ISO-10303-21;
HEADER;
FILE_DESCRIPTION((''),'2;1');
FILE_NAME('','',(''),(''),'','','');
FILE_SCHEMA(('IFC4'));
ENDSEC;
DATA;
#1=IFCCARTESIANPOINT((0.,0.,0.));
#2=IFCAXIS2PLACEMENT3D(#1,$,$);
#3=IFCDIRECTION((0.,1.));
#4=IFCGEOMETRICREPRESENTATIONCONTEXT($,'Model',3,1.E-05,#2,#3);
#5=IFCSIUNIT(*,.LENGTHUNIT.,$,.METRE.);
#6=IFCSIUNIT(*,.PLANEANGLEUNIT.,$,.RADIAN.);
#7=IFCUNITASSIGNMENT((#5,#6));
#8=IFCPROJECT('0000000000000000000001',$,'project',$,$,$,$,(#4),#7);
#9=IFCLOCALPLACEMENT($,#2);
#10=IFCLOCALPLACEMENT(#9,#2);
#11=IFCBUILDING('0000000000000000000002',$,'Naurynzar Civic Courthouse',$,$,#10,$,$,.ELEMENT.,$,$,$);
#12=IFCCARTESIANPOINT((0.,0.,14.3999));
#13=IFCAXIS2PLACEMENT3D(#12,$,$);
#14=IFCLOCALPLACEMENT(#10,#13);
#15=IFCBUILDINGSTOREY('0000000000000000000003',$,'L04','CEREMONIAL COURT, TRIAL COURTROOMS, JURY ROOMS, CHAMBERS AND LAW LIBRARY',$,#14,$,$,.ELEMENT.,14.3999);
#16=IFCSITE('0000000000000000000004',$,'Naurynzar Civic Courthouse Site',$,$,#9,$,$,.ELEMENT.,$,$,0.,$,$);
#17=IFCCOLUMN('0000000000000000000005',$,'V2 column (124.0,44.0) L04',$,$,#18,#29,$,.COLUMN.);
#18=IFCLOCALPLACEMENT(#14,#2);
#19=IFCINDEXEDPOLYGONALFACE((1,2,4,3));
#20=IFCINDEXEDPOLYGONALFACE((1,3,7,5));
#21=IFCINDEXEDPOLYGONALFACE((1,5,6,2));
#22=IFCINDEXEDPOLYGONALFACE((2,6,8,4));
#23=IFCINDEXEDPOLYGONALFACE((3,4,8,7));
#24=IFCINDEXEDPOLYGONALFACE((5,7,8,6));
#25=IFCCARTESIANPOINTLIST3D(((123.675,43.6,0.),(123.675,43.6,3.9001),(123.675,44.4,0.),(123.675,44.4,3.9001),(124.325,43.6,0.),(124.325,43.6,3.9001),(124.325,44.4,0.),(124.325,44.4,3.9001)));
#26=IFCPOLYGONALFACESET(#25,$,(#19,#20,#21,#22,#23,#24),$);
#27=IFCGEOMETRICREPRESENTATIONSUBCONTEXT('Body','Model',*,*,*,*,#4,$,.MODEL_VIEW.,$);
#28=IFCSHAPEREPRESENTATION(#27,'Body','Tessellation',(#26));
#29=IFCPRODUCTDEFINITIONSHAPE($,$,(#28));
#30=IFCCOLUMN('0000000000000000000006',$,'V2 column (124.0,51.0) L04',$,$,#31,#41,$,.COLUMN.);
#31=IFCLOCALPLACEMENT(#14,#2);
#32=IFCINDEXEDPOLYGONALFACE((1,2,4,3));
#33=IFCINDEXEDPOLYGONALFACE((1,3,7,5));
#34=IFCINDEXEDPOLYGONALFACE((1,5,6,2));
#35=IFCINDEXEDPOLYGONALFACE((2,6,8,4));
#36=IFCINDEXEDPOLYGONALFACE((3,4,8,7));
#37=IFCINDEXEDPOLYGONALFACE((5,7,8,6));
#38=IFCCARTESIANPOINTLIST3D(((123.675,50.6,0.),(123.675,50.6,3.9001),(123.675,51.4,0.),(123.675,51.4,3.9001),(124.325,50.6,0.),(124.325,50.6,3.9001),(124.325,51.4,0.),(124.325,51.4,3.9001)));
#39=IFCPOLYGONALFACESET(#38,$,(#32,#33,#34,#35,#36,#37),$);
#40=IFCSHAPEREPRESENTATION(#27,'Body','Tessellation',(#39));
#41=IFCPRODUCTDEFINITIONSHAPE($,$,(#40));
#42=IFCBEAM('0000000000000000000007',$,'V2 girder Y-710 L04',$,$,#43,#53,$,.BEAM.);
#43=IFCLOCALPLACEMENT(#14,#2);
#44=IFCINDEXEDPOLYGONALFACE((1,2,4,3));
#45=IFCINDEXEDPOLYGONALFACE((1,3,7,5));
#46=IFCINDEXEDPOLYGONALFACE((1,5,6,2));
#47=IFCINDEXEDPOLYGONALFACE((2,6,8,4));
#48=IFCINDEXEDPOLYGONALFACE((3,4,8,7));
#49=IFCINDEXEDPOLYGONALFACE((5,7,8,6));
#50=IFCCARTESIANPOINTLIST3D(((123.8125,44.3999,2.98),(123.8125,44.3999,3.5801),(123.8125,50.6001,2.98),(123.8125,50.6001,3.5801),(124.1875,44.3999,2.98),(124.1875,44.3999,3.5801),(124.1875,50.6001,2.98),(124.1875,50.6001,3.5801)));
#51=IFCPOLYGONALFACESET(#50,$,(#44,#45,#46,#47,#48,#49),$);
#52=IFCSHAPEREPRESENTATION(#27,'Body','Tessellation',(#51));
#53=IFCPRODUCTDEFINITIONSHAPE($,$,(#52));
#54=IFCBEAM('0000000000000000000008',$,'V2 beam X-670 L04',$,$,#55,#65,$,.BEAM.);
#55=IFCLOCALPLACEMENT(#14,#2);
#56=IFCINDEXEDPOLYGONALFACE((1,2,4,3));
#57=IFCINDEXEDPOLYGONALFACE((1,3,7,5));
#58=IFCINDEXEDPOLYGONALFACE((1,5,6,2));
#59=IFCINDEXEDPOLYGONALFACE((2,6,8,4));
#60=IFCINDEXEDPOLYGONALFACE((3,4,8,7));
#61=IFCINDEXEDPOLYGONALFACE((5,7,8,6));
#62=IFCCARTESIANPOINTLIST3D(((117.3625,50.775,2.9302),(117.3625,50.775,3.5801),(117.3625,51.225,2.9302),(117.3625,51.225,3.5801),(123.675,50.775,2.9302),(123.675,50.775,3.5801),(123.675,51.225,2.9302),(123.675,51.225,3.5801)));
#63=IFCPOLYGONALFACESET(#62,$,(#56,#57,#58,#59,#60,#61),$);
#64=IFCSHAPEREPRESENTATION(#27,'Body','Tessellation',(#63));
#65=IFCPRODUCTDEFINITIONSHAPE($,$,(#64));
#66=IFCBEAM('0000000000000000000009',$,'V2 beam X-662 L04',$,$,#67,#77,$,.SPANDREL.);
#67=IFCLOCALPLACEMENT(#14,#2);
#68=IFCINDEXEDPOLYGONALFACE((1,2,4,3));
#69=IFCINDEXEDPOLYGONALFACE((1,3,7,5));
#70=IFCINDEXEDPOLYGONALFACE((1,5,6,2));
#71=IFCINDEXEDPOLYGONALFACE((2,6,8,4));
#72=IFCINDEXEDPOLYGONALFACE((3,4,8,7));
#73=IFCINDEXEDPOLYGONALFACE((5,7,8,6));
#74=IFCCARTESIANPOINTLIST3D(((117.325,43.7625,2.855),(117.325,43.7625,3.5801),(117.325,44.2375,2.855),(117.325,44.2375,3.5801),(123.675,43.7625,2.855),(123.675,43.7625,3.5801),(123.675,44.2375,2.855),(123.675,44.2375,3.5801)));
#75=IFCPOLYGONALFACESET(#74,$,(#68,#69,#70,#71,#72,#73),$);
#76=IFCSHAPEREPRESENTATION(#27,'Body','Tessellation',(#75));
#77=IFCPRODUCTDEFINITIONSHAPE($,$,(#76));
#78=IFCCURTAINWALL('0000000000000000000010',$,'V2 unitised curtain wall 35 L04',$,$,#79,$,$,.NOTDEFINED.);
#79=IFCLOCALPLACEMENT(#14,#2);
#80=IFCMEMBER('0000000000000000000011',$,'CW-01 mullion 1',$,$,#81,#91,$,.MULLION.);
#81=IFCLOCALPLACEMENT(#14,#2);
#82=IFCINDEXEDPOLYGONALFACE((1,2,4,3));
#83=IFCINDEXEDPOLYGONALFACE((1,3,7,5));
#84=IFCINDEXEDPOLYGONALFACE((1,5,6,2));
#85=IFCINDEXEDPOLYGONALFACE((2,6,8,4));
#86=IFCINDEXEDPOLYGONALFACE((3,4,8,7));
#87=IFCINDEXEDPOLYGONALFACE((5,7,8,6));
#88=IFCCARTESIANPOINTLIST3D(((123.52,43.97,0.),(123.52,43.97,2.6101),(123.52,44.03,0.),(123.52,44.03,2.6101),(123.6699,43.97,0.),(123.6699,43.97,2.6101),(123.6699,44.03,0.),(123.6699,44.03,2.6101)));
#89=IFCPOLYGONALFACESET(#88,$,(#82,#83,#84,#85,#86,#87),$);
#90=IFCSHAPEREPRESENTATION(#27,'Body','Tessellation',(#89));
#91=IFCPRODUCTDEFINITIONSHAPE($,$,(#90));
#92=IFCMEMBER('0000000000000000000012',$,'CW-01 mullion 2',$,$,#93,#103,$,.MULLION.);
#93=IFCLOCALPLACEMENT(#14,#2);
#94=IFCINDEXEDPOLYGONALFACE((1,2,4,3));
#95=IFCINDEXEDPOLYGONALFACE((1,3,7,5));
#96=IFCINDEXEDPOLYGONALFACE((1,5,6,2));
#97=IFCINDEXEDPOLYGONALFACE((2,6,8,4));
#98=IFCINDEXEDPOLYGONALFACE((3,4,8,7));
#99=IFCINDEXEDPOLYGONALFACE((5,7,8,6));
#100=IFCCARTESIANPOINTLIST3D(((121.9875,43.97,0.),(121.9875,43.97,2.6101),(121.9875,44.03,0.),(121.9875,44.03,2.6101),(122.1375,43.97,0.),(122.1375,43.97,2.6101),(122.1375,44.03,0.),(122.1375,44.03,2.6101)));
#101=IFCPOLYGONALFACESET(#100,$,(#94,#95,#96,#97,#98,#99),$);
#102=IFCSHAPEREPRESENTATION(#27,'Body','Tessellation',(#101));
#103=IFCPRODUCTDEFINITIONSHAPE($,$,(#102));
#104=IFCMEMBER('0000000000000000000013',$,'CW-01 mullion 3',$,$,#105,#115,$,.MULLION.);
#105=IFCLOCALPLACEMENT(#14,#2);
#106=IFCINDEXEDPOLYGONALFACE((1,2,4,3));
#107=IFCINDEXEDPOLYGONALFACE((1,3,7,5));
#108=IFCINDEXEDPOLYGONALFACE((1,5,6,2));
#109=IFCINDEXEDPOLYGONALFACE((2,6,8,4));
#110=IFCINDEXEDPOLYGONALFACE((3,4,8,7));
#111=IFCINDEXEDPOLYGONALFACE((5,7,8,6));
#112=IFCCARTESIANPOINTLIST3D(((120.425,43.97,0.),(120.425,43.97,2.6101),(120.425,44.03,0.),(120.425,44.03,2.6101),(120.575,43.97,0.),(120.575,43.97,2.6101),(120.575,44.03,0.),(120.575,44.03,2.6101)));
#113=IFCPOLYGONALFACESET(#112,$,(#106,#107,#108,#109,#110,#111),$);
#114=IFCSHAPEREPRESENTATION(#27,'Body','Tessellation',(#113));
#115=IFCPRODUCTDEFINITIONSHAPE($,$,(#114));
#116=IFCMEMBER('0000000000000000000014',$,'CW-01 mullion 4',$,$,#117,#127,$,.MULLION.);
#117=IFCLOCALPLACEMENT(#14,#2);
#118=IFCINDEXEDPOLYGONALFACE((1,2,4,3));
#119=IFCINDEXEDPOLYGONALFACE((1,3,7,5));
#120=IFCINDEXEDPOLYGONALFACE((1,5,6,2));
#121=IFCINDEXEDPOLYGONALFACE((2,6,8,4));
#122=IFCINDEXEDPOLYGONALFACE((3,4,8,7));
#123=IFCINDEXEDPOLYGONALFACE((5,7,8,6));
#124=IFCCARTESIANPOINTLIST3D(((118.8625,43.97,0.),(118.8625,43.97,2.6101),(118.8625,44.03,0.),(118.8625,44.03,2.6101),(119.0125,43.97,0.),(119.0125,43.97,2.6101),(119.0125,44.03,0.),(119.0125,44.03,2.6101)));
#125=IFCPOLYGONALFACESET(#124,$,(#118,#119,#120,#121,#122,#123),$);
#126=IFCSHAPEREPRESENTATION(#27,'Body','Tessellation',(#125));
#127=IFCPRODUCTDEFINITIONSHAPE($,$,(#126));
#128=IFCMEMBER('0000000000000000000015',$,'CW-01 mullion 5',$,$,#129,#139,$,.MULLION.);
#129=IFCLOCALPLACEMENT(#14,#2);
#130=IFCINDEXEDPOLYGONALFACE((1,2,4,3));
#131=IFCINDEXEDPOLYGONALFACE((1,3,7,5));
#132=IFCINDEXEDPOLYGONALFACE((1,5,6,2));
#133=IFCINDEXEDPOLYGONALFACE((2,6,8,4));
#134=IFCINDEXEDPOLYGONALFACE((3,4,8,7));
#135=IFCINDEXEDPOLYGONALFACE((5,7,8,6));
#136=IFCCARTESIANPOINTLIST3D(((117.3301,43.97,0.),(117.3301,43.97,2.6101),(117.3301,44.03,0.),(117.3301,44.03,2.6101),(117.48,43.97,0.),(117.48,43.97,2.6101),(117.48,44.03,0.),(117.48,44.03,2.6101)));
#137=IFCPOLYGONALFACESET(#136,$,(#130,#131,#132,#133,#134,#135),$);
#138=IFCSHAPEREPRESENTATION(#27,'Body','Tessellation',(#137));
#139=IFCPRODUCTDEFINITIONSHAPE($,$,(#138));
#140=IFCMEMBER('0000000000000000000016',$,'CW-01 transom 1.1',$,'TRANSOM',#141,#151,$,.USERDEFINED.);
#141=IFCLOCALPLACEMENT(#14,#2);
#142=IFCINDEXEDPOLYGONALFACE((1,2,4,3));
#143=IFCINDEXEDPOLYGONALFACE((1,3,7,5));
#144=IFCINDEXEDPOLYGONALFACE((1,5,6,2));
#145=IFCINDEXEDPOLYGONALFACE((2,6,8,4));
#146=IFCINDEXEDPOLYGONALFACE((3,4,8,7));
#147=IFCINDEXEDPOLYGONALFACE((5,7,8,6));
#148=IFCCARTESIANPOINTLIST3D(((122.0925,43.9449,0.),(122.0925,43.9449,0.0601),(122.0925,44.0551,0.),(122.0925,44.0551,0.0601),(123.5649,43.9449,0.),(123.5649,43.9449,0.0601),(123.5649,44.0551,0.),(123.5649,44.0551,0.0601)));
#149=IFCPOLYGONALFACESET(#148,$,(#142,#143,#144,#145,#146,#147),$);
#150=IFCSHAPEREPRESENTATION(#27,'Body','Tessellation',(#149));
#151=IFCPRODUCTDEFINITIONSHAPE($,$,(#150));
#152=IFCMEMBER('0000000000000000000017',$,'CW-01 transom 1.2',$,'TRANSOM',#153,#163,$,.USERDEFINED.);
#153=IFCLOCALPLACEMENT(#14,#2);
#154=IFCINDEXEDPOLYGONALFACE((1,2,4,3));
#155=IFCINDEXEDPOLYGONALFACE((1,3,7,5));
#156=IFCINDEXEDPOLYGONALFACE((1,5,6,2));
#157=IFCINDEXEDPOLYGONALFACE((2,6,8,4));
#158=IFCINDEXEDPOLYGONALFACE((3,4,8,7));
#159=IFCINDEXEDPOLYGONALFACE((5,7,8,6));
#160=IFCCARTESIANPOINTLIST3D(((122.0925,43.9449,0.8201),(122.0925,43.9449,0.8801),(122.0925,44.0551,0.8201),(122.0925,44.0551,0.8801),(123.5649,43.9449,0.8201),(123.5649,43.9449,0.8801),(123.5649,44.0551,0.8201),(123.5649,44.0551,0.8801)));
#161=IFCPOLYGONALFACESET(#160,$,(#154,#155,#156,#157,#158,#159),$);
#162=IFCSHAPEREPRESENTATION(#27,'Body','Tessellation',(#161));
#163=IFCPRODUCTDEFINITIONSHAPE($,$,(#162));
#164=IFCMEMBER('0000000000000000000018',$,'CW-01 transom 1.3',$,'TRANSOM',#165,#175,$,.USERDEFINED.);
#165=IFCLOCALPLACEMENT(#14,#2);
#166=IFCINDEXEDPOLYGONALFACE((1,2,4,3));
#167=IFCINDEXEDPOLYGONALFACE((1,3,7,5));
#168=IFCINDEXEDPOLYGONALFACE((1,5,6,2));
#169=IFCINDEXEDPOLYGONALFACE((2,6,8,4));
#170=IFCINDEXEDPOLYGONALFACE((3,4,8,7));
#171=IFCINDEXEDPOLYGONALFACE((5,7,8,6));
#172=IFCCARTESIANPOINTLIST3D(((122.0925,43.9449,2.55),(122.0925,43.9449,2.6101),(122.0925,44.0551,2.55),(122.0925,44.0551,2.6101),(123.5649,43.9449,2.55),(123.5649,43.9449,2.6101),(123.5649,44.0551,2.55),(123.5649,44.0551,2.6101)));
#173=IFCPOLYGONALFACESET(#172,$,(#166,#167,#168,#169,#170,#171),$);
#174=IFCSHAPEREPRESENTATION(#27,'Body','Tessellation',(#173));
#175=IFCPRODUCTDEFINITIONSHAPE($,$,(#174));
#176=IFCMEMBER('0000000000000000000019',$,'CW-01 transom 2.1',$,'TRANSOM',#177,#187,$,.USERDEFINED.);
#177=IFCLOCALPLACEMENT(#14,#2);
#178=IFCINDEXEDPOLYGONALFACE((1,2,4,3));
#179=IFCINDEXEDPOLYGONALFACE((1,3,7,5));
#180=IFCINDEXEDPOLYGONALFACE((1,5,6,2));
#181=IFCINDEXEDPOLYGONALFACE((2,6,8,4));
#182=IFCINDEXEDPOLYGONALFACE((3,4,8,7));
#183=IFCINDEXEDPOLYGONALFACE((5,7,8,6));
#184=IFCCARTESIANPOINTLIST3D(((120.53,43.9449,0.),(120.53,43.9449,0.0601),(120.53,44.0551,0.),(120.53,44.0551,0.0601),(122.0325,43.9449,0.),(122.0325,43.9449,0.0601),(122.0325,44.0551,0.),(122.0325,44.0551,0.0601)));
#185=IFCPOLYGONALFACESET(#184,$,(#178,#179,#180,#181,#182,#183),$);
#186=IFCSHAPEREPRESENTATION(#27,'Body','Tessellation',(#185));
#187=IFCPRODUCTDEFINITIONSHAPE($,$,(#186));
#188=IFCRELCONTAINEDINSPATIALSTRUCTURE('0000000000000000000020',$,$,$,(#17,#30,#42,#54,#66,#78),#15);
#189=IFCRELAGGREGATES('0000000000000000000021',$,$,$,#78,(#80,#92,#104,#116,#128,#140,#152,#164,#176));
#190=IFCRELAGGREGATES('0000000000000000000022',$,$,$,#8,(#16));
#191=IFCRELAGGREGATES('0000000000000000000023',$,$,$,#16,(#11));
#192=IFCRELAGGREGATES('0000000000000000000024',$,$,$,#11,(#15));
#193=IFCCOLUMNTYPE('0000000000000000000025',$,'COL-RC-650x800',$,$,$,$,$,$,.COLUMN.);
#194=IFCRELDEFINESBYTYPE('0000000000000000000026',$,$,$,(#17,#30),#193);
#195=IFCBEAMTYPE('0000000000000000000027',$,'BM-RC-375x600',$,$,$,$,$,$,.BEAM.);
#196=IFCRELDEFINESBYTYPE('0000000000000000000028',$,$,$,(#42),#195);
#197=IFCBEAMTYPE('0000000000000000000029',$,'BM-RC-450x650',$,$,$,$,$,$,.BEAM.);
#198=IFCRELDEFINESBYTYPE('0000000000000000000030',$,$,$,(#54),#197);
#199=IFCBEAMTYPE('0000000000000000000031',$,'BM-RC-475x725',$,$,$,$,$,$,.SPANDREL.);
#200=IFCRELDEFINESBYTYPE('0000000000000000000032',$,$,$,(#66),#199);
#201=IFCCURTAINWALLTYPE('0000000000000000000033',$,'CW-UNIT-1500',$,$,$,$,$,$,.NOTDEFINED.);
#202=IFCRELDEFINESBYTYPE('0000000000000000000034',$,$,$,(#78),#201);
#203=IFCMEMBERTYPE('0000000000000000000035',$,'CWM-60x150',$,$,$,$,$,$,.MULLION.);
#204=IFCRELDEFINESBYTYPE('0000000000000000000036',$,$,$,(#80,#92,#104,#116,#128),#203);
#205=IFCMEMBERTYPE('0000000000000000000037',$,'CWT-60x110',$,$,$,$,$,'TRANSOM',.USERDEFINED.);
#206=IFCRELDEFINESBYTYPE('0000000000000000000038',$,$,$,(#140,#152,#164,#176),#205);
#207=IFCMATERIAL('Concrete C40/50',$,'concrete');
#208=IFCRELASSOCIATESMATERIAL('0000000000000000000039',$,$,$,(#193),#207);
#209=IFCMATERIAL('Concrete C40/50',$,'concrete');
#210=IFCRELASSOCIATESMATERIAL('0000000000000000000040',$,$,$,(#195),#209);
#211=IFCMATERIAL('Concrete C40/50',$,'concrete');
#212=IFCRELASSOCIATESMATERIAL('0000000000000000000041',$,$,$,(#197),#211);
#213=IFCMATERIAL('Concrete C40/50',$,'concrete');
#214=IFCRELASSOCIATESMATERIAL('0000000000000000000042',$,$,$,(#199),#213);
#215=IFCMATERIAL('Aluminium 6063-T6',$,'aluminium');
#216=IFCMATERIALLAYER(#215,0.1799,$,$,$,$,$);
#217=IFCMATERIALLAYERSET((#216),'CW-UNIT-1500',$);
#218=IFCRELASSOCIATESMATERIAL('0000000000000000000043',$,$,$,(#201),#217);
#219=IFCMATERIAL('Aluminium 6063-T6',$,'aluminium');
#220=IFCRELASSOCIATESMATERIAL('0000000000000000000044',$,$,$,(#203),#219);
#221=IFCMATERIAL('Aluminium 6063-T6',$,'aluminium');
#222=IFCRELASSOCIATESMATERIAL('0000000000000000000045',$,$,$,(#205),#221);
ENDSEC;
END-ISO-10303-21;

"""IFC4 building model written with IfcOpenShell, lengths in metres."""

from ifc_helpers import new_model, si_unit, direction, frame, origin, origin_2d, place, context, subcontext, project, spatial, rectangle, extrude, material, layer, layer_set, material_profile, profile_set, type_object, element, aggregate, save


model = new_model("IFC4")

# Units and contexts
model_context = context("Model", 3, precision=1e-05, world=origin(), true_north=direction((0.0, 1.0)))
body_context = subcontext(model_context, "Body", "Model", "MODEL_VIEW")
ifc_project = project(units=[si_unit("LENGTHUNIT", "METRE"), si_unit("PLANEANGLEUNIT", "RADIAN")], contexts=[model_context])

# Site, building, storey
site_placement = place(None, origin())
site = spatial("IfcSite", under=ifc_project, at=site_placement, Name="Naurynzar Civic Courthouse Site", CompositionType="ELEMENT", RefElevation=0.0)
building_placement = place(site_placement, origin())
building = spatial("IfcBuilding", under=site, at=building_placement, Name="Naurynzar Civic Courthouse", CompositionType="ELEMENT")
storey_placement = place(building_placement, frame((0.0, 0.0, 14.3999)))
storey = spatial("IfcBuildingStorey", under=building, at=storey_placement, Name="L04", Description="CEREMONIAL COURT, TRIAL COURTROOMS, JURY ROOMS, CHAMBERS AND LAW LIBRARY", CompositionType="ELEMENT", Elevation=14.3999)

# Columns
ifc_material_1 = material(Name="Concrete C40/50", Category="concrete")
ifc_material_profile_1 = material_profile(ifc_material_1, rectangle(XDim=0.6499, YDim=0.8, at=origin_2d()), Name="RC 650x800")
ifc_profile_set_1 = profile_set([ifc_material_profile_1], Name="Concrete C40/50")
column_type = type_object("IfcColumnType", Name="COL-RC-650x800", PredefinedType="COLUMN", material=ifc_profile_set_1)
for number, where, z_axis, x_axis, name in (
    (1, (124.0, 44.0, 0.0), (0.0, 0.0, 1.0), (1.0, 0.0, 0.0), "V2 column (124.0,44.0) L04"),
    (2, (124.0, 51.0, 0.0), (0.0, 0.0, 1.0), (1.0, 0.0, 0.0), "V2 column (124.0,51.0) L04"),
):
    element("IfcColumn", number, at=place(storey_placement, frame(where, z_axis=z_axis, x_axis=x_axis)), inside=storey, type_object=column_type, Name=name, PredefinedType="COLUMN", context=body_context, shape_type="SweptSolid", body=[
        extrude(rectangle(XDim=0.6499, YDim=0.8, at=origin_2d()), origin(), (0.0, 0.0, 1.0), 3.9001),
    ])

# Beams
ifc_material_2 = material(Name="Concrete C40/50", Category="concrete")
ifc_material_profile_2 = material_profile(ifc_material_2, rectangle(XDim=0.375, YDim=0.6001, at=origin_2d()), Name="RCB 375x600")
ifc_profile_set_2 = profile_set([ifc_material_profile_2], Name="Concrete C40/50")
beam_type_1 = type_object("IfcBeamType", Name="BM-RC-375x600", PredefinedType="BEAM", material=ifc_profile_set_2)
beam_1_placement = place(storey_placement, frame((124.0, 44.3999, 3.28), z_axis=(0.0, 1.0, 0.0), x_axis=(-1.0, 0.0, 0.0)))
element("IfcBeam", 3, at=beam_1_placement, inside=storey, type_object=beam_type_1, Name="V2 girder Y-710 L04", PredefinedType="BEAM", context=body_context, shape_type="SweptSolid", body=[
    extrude(rectangle(XDim=0.375, YDim=0.6001, at=origin_2d()), origin(), (0.0, 0.0, 1.0), 6.2002),
])
ifc_material_3 = material(Name="Concrete C40/50", Category="concrete")
ifc_material_profile_3 = material_profile(ifc_material_3, rectangle(XDim=0.45, YDim=0.6499, at=origin_2d()), Name="RCB 450x650")
ifc_profile_set_3 = profile_set([ifc_material_profile_3], Name="Concrete C40/50")
beam_type_2 = type_object("IfcBeamType", Name="BM-RC-450x650", PredefinedType="BEAM", material=ifc_profile_set_3)
beam_2_placement = place(storey_placement, frame((117.3625, 51.0, 3.2551), z_axis=(1.0, 0.0, 0.0), x_axis=(0.0, 1.0, 0.0)))
element("IfcBeam", 4, at=beam_2_placement, inside=storey, type_object=beam_type_2, Name="V2 beam X-670 L04", PredefinedType="BEAM", context=body_context, shape_type="SweptSolid", body=[
    extrude(rectangle(XDim=0.45, YDim=0.6499, at=origin_2d()), origin(), (0.0, 0.0, 1.0), 6.3125),
])
ifc_material_4 = material(Name="Concrete C40/50", Category="concrete")
ifc_material_profile_4 = material_profile(ifc_material_4, rectangle(XDim=0.4751, YDim=0.7251, at=origin_2d()), Name="RCB 475x725")
ifc_profile_set_4 = profile_set([ifc_material_profile_4], Name="Concrete C40/50")
beam_type_3 = type_object("IfcBeamType", Name="BM-RC-475x725", PredefinedType="SPANDREL", material=ifc_profile_set_4)
beam_3_placement = place(storey_placement, frame((117.325, 44.0, 3.2175), z_axis=(1.0, 0.0, 0.0), x_axis=(0.0, 1.0, 0.0)))
element("IfcBeam", 5, at=beam_3_placement, inside=storey, type_object=beam_type_3, Name="V2 beam X-662 L04", PredefinedType="SPANDREL", context=body_context, shape_type="SweptSolid", body=[
    extrude(rectangle(XDim=0.4751, YDim=0.7251, at=origin_2d()), origin(), (0.0, 0.0, 1.0), 6.3501),
])

# Curtain wall, members
ifc_material_5 = material(Name="Aluminium 6063-T6", Category="aluminium")
ifc_layer_1 = layer(ifc_material_5, 0.1799)
ifc_layer_set_1 = layer_set([ifc_layer_1], Name="CW-UNIT-1500")
curtain_wall_type = type_object("IfcCurtainWallType", Name="CW-UNIT-1500", PredefinedType="NOTDEFINED", material=ifc_layer_set_1)
curtain_wall_placement = place(storey_placement, origin())
curtain_wall = element("IfcCurtainWall", 6, at=curtain_wall_placement, inside=storey, type_object=curtain_wall_type, Name="V2 unitised curtain wall 35 L04", PredefinedType="NOTDEFINED")
ifc_material_6 = material(Name="Aluminium 6063-T6", Category="aluminium")
ifc_material_profile_5 = material_profile(ifc_material_6, rectangle(XDim=0.0601, YDim=0.1499, at=origin_2d()), Name="ALU MULLION 60x150")
ifc_profile_set_5 = profile_set([ifc_material_profile_5], Name="Aluminium 6063-T6")
member_type_1 = type_object("IfcMemberType", Name="CWM-60x150", PredefinedType="MULLION", material=ifc_profile_set_5)
member_1_placement = place(storey_placement, frame((123.595, 44.0, 0.0), z_axis=(0.0, 0.0, 1.0), x_axis=(0.0, -1.0, 0.0)))
member_1 = element("IfcMember", 7, at=member_1_placement, type_object=member_type_1, Name="CW-01 mullion 1", PredefinedType="MULLION", context=body_context, shape_type="SweptSolid", body=[
    extrude(rectangle(XDim=0.0601, YDim=0.1499, at=origin_2d()), origin(), (0.0, 0.0, 1.0), 2.6101),
])
member_2_placement = place(storey_placement, frame((122.0625, 44.0, 0.0), z_axis=(0.0, 0.0, 1.0), x_axis=(0.0, -1.0, 0.0)))
member_2 = element("IfcMember", 8, at=member_2_placement, type_object=member_type_1, Name="CW-01 mullion 2", PredefinedType="MULLION", context=body_context, shape_type="SweptSolid", body=[
    extrude(rectangle(XDim=0.0601, YDim=0.1499, at=origin_2d()), origin(), (0.0, 0.0, 1.0), 2.6101),
])
member_3_placement = place(storey_placement, frame((120.5, 44.0, 0.0), z_axis=(0.0, 0.0, 1.0), x_axis=(0.0, -1.0, 0.0)))
member_3 = element("IfcMember", 9, at=member_3_placement, type_object=member_type_1, Name="CW-01 mullion 3", PredefinedType="MULLION", context=body_context, shape_type="SweptSolid", body=[
    extrude(rectangle(XDim=0.0601, YDim=0.1499, at=origin_2d()), origin(), (0.0, 0.0, 1.0), 2.6101),
])
member_4_placement = place(storey_placement, frame((118.9375, 44.0, 0.0), z_axis=(0.0, 0.0, 1.0), x_axis=(0.0, -1.0, 0.0)))
member_4 = element("IfcMember", 10, at=member_4_placement, type_object=member_type_1, Name="CW-01 mullion 4", PredefinedType="MULLION", context=body_context, shape_type="SweptSolid", body=[
    extrude(rectangle(XDim=0.0601, YDim=0.1499, at=origin_2d()), origin(), (0.0, 0.0, 1.0), 2.6101),
])
member_5_placement = place(storey_placement, frame((117.405, 44.0, 0.0), z_axis=(0.0, 0.0, 1.0), x_axis=(0.0, -1.0, 0.0)))
member_5 = element("IfcMember", 11, at=member_5_placement, type_object=member_type_1, Name="CW-01 mullion 5", PredefinedType="MULLION", context=body_context, shape_type="SweptSolid", body=[
    extrude(rectangle(XDim=0.0601, YDim=0.1499, at=origin_2d()), origin(), (0.0, 0.0, 1.0), 2.6101),
])
ifc_material_7 = material(Name="Aluminium 6063-T6", Category="aluminium")
ifc_material_profile_6 = material_profile(ifc_material_7, rectangle(XDim=0.1101, YDim=0.0601, at=origin_2d()), Name="ALU TRANSOM 60x110")
ifc_profile_set_6 = profile_set([ifc_material_profile_6], Name="Aluminium 6063-T6")
member_type_2 = type_object("IfcMemberType", Name="CWT-60x110", ElementType="TRANSOM", PredefinedType="USERDEFINED", material=ifc_profile_set_6)
member_6_placement = place(storey_placement, frame((123.5649, 44.0, 0.03), z_axis=(-1.0, 0.0, 0.0), x_axis=(0.0, -1.0, 0.0)))
member_6 = element("IfcMember", 12, at=member_6_placement, type_object=member_type_2, Name="CW-01 transom 1.1", ObjectType="TRANSOM", PredefinedType="USERDEFINED", context=body_context, shape_type="SweptSolid", body=[
    extrude(rectangle(XDim=0.1101, YDim=0.0601, at=origin_2d()), origin(), (0.0, 0.0, 1.0), 1.4724),
])
member_7_placement = place(storey_placement, frame((123.5649, 44.0, 0.8501), z_axis=(-1.0, 0.0, 0.0), x_axis=(0.0, -1.0, 0.0)))
member_7 = element("IfcMember", 13, at=member_7_placement, type_object=member_type_2, Name="CW-01 transom 1.2", ObjectType="TRANSOM", PredefinedType="USERDEFINED", context=body_context, shape_type="SweptSolid", body=[
    extrude(rectangle(XDim=0.1101, YDim=0.0601, at=origin_2d()), origin(), (0.0, 0.0, 1.0), 1.4724),
])
member_8_placement = place(storey_placement, frame((123.5649, 44.0, 2.5801), z_axis=(-1.0, 0.0, 0.0), x_axis=(0.0, -1.0, 0.0)))
member_8 = element("IfcMember", 14, at=member_8_placement, type_object=member_type_2, Name="CW-01 transom 1.3", ObjectType="TRANSOM", PredefinedType="USERDEFINED", context=body_context, shape_type="SweptSolid", body=[
    extrude(rectangle(XDim=0.1101, YDim=0.0601, at=origin_2d()), origin(), (0.0, 0.0, 1.0), 1.4724),
])
member_9_placement = place(storey_placement, frame((122.0325, 44.0, 0.03), z_axis=(-1.0, 0.0, 0.0), x_axis=(0.0, -1.0, 0.0)))
member_9 = element("IfcMember", 15, at=member_9_placement, type_object=member_type_2, Name="CW-01 transom 2.1", ObjectType="TRANSOM", PredefinedType="USERDEFINED", context=body_context, shape_type="SweptSolid", body=[
    extrude(rectangle(XDim=0.1101, YDim=0.0601, at=origin_2d()), origin(), (0.0, 0.0, 1.0), 1.5024),
])
aggregate(curtain_wall, [member_1, member_2, member_3, member_4, member_5, member_6, member_7, member_8, member_9])

save(model, "model.ifc")
